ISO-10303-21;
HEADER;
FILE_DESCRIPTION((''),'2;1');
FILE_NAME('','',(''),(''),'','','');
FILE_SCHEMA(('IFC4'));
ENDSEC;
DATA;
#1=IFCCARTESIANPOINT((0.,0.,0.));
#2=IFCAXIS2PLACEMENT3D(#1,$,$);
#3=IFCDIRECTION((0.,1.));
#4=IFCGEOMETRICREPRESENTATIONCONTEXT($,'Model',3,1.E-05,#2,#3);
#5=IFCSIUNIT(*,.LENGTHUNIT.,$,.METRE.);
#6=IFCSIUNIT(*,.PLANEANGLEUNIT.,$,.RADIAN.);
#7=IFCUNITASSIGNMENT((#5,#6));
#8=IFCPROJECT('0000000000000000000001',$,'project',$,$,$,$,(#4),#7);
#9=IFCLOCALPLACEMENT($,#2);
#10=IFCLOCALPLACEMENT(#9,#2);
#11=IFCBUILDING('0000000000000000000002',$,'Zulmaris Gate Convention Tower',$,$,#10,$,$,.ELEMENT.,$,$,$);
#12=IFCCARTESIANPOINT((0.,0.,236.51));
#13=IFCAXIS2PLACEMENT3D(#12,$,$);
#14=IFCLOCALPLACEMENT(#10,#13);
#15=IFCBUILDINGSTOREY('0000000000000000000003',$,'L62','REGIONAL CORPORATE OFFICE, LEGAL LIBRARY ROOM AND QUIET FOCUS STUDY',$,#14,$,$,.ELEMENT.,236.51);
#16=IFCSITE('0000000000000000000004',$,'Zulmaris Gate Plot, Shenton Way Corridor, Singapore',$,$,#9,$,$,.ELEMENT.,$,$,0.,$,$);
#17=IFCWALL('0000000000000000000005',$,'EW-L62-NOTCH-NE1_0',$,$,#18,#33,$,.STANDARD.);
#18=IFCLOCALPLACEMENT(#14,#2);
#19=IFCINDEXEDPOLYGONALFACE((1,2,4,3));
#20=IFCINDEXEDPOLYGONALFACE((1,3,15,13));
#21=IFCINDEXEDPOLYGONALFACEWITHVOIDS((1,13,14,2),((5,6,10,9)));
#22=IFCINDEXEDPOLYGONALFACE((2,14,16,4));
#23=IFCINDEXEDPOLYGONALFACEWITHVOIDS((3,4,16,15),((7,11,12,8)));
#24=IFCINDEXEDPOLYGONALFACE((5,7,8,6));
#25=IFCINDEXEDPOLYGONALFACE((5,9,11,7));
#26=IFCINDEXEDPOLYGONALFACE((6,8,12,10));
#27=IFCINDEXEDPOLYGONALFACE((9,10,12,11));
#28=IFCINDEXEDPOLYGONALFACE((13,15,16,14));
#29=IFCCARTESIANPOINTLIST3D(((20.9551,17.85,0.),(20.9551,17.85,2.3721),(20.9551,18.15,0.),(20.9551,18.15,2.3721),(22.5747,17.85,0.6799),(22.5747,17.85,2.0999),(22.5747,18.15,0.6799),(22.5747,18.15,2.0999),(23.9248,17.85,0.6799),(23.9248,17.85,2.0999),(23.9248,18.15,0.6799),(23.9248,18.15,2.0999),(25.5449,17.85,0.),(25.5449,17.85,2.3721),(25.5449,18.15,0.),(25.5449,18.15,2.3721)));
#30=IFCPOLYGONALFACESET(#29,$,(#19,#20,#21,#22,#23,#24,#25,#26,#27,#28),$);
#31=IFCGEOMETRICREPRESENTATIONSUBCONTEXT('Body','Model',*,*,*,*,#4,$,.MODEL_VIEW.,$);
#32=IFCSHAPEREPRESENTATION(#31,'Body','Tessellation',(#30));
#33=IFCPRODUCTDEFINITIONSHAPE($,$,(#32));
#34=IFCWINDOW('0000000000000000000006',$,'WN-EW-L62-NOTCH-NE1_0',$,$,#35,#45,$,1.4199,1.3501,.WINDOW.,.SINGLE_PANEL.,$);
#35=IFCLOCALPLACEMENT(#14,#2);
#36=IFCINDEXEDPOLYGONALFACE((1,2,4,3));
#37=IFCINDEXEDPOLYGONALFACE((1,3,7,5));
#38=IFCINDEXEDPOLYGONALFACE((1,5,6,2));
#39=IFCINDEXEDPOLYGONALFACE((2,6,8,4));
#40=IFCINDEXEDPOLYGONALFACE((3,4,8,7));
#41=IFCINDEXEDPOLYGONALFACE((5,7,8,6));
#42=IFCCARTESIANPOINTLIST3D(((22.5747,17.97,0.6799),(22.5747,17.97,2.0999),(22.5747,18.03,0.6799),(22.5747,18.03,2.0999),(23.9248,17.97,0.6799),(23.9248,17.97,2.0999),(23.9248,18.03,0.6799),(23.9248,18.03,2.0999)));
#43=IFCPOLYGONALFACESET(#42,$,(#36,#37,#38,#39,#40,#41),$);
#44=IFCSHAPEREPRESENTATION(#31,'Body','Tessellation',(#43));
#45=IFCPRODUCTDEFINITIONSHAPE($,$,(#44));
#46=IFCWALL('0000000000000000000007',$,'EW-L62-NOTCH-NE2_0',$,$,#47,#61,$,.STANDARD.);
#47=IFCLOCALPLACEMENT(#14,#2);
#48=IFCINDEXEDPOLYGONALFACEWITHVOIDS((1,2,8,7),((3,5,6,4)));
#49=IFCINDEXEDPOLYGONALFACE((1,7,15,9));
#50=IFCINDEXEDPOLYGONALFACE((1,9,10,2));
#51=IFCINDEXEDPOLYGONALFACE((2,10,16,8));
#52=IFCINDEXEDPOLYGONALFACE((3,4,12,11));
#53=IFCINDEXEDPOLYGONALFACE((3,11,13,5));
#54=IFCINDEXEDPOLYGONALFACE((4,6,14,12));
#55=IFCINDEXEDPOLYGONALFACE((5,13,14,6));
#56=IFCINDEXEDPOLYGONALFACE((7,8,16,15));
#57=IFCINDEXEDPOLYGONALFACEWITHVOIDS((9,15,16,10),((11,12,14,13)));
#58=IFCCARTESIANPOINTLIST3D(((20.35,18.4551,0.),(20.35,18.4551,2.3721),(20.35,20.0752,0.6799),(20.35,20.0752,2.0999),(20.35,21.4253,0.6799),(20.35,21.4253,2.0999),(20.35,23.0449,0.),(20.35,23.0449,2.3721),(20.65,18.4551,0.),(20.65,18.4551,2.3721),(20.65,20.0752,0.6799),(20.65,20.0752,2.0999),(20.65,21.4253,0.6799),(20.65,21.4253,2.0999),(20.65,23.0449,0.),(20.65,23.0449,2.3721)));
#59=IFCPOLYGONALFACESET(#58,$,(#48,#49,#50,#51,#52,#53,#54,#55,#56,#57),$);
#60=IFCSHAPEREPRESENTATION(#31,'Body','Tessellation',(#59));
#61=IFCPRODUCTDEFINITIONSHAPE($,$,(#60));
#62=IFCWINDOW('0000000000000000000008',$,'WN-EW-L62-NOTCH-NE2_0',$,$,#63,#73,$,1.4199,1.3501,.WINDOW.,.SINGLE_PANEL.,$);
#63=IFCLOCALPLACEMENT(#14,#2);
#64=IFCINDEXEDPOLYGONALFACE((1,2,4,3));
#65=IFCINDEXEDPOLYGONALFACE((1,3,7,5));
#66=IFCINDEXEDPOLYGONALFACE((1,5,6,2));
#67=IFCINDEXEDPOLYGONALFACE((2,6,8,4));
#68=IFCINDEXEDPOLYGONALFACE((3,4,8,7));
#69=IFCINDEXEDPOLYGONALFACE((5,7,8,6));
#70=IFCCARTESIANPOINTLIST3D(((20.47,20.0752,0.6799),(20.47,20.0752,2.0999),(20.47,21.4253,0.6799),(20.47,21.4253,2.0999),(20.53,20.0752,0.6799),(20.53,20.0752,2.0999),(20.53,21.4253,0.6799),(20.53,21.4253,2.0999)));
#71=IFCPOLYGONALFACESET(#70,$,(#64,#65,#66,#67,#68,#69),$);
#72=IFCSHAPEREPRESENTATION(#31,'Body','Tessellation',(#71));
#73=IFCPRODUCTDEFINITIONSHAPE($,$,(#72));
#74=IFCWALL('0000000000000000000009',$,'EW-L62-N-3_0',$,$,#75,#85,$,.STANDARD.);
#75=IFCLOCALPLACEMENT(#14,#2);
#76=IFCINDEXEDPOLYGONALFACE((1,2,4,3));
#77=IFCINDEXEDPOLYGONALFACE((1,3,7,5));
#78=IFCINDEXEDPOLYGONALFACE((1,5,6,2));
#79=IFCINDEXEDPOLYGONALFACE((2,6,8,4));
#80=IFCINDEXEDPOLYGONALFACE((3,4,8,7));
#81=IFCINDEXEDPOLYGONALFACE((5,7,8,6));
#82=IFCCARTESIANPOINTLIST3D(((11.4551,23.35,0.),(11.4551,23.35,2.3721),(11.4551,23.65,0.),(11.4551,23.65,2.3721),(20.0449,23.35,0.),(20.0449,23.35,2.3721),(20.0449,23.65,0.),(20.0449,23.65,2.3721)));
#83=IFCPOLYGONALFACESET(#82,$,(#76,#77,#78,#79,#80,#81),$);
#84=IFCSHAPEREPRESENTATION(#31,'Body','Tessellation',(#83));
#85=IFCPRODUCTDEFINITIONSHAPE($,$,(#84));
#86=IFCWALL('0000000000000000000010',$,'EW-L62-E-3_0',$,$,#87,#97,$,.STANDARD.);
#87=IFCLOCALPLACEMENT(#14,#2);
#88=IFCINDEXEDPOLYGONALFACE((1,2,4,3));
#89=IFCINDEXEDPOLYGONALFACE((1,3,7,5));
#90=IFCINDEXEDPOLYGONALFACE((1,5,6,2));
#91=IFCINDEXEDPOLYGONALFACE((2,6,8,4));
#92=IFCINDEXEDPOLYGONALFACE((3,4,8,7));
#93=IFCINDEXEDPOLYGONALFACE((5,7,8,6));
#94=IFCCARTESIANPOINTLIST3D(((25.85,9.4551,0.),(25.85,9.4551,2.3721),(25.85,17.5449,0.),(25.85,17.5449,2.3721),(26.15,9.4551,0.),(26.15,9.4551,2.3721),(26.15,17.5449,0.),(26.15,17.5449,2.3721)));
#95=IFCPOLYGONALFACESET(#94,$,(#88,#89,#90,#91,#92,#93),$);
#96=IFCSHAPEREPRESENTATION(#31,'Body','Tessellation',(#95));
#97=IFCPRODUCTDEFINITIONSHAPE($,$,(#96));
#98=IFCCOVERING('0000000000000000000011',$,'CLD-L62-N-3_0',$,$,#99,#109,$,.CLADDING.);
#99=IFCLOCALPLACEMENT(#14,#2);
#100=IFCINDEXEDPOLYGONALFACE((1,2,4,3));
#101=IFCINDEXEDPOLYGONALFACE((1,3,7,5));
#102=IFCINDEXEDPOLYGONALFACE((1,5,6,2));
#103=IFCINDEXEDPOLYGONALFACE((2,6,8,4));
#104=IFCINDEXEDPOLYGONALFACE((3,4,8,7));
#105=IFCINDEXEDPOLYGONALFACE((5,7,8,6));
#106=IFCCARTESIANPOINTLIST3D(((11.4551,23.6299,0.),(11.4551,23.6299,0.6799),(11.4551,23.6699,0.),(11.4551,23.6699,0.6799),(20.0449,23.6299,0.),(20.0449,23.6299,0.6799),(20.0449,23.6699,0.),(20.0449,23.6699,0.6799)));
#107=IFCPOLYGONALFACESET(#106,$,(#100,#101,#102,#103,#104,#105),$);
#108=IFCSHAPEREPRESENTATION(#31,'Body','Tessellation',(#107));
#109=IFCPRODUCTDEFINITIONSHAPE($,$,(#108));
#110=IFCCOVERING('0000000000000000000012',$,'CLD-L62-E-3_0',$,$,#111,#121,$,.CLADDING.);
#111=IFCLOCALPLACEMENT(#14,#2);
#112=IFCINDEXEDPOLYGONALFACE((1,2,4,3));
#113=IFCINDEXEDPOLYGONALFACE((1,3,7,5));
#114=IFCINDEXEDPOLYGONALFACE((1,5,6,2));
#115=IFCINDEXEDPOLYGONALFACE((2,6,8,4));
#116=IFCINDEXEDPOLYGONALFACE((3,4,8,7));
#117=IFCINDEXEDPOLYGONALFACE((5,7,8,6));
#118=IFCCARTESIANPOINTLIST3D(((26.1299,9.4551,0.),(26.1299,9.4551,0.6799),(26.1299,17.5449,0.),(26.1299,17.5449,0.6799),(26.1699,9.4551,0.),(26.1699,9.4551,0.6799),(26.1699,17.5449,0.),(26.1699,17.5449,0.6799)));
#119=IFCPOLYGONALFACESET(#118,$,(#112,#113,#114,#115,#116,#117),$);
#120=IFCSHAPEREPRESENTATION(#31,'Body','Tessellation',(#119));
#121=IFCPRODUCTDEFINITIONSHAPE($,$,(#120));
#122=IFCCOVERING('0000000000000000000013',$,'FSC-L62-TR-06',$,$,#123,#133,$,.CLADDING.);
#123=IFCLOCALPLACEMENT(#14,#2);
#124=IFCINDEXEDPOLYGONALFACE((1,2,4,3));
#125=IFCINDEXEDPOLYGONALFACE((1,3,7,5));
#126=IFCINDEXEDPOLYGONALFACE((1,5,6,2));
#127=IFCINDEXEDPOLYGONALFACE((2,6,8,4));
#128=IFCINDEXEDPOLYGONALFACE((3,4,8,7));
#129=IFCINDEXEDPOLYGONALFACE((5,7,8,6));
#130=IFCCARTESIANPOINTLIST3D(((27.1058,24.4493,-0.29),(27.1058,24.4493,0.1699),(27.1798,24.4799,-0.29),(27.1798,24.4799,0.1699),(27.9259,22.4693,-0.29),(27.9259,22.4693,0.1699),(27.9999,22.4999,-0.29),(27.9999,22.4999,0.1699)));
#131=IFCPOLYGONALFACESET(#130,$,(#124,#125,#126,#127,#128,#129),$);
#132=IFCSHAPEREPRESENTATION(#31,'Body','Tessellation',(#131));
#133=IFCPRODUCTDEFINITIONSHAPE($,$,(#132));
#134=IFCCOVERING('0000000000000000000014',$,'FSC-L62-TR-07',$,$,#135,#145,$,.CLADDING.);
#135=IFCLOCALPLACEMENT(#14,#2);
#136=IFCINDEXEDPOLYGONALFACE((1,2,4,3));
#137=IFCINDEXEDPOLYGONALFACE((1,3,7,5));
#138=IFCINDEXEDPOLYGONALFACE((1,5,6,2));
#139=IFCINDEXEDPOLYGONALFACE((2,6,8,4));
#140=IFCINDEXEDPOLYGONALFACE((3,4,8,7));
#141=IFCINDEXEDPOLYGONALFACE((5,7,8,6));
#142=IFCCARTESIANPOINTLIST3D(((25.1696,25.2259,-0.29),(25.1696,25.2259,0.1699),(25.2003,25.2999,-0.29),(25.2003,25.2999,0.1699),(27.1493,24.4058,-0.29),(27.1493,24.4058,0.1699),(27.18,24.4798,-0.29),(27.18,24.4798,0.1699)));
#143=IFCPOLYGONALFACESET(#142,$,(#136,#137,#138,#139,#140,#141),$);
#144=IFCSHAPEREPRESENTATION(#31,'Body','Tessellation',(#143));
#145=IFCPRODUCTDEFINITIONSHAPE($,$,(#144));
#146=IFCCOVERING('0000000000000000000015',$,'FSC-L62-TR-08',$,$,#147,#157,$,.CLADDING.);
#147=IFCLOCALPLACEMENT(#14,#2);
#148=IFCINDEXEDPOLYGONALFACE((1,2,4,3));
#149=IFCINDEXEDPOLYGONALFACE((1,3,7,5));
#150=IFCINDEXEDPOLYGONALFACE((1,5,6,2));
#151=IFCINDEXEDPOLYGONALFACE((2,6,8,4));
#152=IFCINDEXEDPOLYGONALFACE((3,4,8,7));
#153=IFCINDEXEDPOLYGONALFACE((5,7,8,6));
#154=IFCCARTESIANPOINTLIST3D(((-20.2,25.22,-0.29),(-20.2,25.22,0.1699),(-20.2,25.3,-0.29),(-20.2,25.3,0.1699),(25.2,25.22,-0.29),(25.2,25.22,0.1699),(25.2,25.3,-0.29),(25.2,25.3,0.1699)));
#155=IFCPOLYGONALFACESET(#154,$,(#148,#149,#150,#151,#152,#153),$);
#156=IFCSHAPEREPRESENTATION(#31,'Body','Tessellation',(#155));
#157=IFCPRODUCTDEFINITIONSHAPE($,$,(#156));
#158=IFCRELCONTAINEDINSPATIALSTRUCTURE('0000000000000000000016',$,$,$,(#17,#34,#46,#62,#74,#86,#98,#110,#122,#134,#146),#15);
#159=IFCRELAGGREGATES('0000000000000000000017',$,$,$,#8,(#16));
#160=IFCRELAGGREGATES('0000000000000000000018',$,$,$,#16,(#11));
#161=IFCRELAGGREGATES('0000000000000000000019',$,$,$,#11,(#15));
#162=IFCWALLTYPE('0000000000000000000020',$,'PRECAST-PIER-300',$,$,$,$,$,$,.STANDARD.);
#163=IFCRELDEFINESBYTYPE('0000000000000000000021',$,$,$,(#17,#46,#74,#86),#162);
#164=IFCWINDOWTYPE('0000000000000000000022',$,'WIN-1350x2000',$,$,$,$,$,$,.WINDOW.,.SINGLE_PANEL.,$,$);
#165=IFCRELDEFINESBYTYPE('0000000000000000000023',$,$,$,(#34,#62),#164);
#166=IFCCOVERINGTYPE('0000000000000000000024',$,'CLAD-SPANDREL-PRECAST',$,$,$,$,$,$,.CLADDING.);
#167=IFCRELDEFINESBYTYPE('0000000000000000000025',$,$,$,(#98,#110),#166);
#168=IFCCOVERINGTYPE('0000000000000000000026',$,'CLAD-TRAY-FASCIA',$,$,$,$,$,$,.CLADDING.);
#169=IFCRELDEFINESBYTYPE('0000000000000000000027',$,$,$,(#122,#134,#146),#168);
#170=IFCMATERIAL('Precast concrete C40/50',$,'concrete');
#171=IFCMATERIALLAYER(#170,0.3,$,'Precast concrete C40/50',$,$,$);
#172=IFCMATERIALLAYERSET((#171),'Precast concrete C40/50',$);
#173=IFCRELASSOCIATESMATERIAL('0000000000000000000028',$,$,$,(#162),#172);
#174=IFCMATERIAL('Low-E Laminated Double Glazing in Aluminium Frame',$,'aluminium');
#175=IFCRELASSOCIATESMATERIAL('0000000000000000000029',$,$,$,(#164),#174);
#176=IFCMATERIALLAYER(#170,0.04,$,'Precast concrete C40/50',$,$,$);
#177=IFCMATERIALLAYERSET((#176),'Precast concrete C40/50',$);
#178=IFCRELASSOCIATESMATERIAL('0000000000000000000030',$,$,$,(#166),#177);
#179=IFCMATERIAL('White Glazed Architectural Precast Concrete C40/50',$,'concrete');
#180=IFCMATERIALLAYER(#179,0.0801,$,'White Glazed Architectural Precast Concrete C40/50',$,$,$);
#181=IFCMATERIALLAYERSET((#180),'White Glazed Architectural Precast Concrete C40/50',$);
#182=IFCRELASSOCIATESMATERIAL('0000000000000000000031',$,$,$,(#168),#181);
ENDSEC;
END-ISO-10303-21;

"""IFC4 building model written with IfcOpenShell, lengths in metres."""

from ifc_helpers import new_model, si_unit, direction, frame, frame_2d, origin, place, context, subcontext, project, spatial, rectangle, extrude, material, layer, layer_set, type_object, element, fill, save


model = new_model("IFC4")

# Units and contexts
model_context = context("Model", 3, precision=1e-05, world=origin(), true_north=direction((0.0, 1.0)))
body_context = subcontext(model_context, "Body", "Model", "MODEL_VIEW")
ifc_project = project(units=[si_unit("LENGTHUNIT", "METRE"), si_unit("PLANEANGLEUNIT", "RADIAN")], contexts=[model_context])

# Site, building, storey
site_placement = place(None, origin())
site = spatial("IfcSite", under=ifc_project, at=site_placement, Name="Zulmaris Gate Plot, Shenton Way Corridor, Singapore", CompositionType="ELEMENT", RefElevation=0.0)
building_placement = place(site_placement, origin())
building = spatial("IfcBuilding", under=site, at=building_placement, Name="Zulmaris Gate Convention Tower", CompositionType="ELEMENT")
storey_placement = place(building_placement, frame((0.0, 0.0, 236.51)))
storey = spatial("IfcBuildingStorey", under=building, at=storey_placement, Name="L62", Description="REGIONAL CORPORATE OFFICE, LEGAL LIBRARY ROOM AND QUIET FOCUS STUDY", CompositionType="ELEMENT", Elevation=236.51)

# Walls, openings, windows
ifc_material_1 = material(Name="Precast concrete C40/50", Category="concrete")
ifc_layer_1 = layer(ifc_material_1, 0.3, Name="Precast concrete C40/50")
ifc_layer_set_1 = layer_set([ifc_layer_1], Name="Precast concrete C40/50")
wall_type_1 = type_object("IfcWallType", Name="PRECAST-PIER-300", PredefinedType="STANDARD", material=ifc_layer_set_1)
wall_1_placement = place(storey_placement, frame((25.5449, 18.0, 0.0), z_axis=(0.0, 0.0, 1.0), x_axis=(-1.0, 0.0, 0.0)))
wall_1 = element("IfcWall", 1, at=wall_1_placement, inside=storey, type_object=wall_type_1, Name="EW-L62-NOTCH-NE1_0", PredefinedType="STANDARD", context=body_context, shape_type="SweptSolid", body=[
    extrude(rectangle(XDim=4.5898, YDim=0.3, at=frame_2d((2.2949, 0.0))), origin(), (0.0, 0.0, 1.0), 2.3721),
])
opening_1_placement = place(wall_1_placement, frame((1.6201, 0.0, 0.6799)))
opening_1 = element("IfcOpeningElement", 2, at=opening_1_placement, cuts=wall_1, PredefinedType="OPENING", context=body_context, shape_type="SweptSolid", body=[
    extrude(rectangle(XDim=1.3501, YDim=1.4199, at=frame_2d((0.675, 0.71))), frame((0.0, 0.1602, 0.0), z_axis=(0.0, -1.0, 0.0), x_axis=(1.0, 0.0, 0.0)), (0.0, 0.0, 1.0), 0.3201),
])
ifc_material_2 = material(Name="Low-E Laminated Double Glazing in Aluminium Frame", Category="aluminium")
window_type = type_object("IfcWindowType", Name="WIN-1350x2000", PartitioningType="SINGLE_PANEL", PredefinedType="WINDOW", material=ifc_material_2)
window_1_placement = place(opening_1_placement, origin())
window_1 = element("IfcWindow", 3, at=window_1_placement, inside=storey, type_object=window_type, Name="WN-EW-L62-NOTCH-NE1_0", OverallHeight=1.4199, OverallWidth=1.3501, PartitioningType="SINGLE_PANEL", PredefinedType="WINDOW", context=body_context, shape_type="SweptSolid", body=[
    extrude(rectangle(XDim=1.3501, YDim=1.4199, at=frame_2d((0.675, 0.71))), frame((0.0, 0.03, 0.0), z_axis=(0.0, -1.0, 0.0), x_axis=(1.0, 0.0, 0.0)), (0.0, 0.0, 1.0), 0.0601),
])
fill(opening_1, window_1)
wall_2_placement = place(storey_placement, frame((20.5, 18.4551, 0.0), z_axis=(0.0, 0.0, 1.0), x_axis=(0.0, 1.0, 0.0)))
wall_2 = element("IfcWall", 4, at=wall_2_placement, inside=storey, type_object=wall_type_1, Name="EW-L62-NOTCH-NE2_0", PredefinedType="STANDARD", context=body_context, shape_type="SweptSolid", body=[
    extrude(rectangle(XDim=4.5898, YDim=0.3, at=frame_2d((2.2949, 0.0))), origin(), (0.0, 0.0, 1.0), 2.3721),
])
opening_2_placement = place(wall_2_placement, frame((1.6201, 0.0, 0.6799)))
opening_2 = element("IfcOpeningElement", 5, at=opening_2_placement, cuts=wall_2, PredefinedType="OPENING", context=body_context, shape_type="SweptSolid", body=[
    extrude(rectangle(XDim=1.3501, YDim=1.4199, at=frame_2d((0.675, 0.71))), frame((0.0, 0.1602, 0.0), z_axis=(0.0, -1.0, 0.0), x_axis=(1.0, 0.0, 0.0)), (0.0, 0.0, 1.0), 0.3201),
])
window_2_placement = place(opening_2_placement, origin())
window_2 = element("IfcWindow", 6, at=window_2_placement, inside=storey, type_object=window_type, Name="WN-EW-L62-NOTCH-NE2_0", OverallHeight=1.4199, OverallWidth=1.3501, PartitioningType="SINGLE_PANEL", PredefinedType="WINDOW", context=body_context, shape_type="SweptSolid", body=[
    extrude(rectangle(XDim=1.3501, YDim=1.4199, at=frame_2d((0.675, 0.71))), frame((0.0, 0.03, 0.0), z_axis=(0.0, -1.0, 0.0), x_axis=(1.0, 0.0, 0.0)), (0.0, 0.0, 1.0), 0.0601),
])
fill(opening_2, window_2)

# Walls
wall_3_placement = place(storey_placement, frame((20.0449, 23.5, 0.0), z_axis=(0.0, 0.0, 1.0), x_axis=(-1.0, 0.0, 0.0)))
element("IfcWall", 7, at=wall_3_placement, inside=storey, type_object=wall_type_1, Name="EW-L62-N-3_0", PredefinedType="STANDARD", context=body_context, shape_type="SweptSolid", body=[
    extrude(rectangle(XDim=8.5898, YDim=0.3, at=frame_2d((4.2949, 0.0))), origin(), (0.0, 0.0, 1.0), 2.3721),
])
wall_4_placement = place(storey_placement, frame((26.0, 9.4551, 0.0), z_axis=(0.0, 0.0, 1.0), x_axis=(0.0, 1.0, 0.0)))
element("IfcWall", 8, at=wall_4_placement, inside=storey, type_object=wall_type_1, Name="EW-L62-E-3_0", PredefinedType="STANDARD", context=body_context, shape_type="SweptSolid", body=[
    extrude(rectangle(XDim=8.0898, YDim=0.3, at=frame_2d((4.0449, 0.0))), origin(), (0.0, 0.0, 1.0), 2.3721),
])

# Coverings
ifc_layer_2 = layer(ifc_material_1, 0.04, Name="Precast concrete C40/50")
ifc_layer_set_2 = layer_set([ifc_layer_2], Name="Precast concrete C40/50")
covering_type_1 = type_object("IfcCoveringType", Name="CLAD-SPANDREL-PRECAST", PredefinedType="CLADDING", material=ifc_layer_set_2)
covering_1_placement = place(storey_placement, frame((20.0449, 23.6499, 0.0), z_axis=(0.0, 0.0, 1.0), x_axis=(-1.0, 0.0, 0.0)))
element("IfcCovering", 9, at=covering_1_placement, inside=storey, type_object=covering_type_1, Name="CLD-L62-N-3_0", PredefinedType="CLADDING", context=body_context, shape_type="SweptSolid", body=[
    extrude(rectangle(XDim=8.5898, YDim=0.04, at=frame_2d((4.2949, 0.0))), origin(), (0.0, 0.0, 1.0), 0.6799),
])
covering_2_placement = place(storey_placement, frame((26.1499, 9.4551, 0.0), z_axis=(0.0, 0.0, 1.0), x_axis=(0.0, 1.0, 0.0)))
element("IfcCovering", 10, at=covering_2_placement, inside=storey, type_object=covering_type_1, Name="CLD-L62-E-3_0", PredefinedType="CLADDING", context=body_context, shape_type="SweptSolid", body=[
    extrude(rectangle(XDim=8.0898, YDim=0.04, at=frame_2d((4.0449, 0.0))), origin(), (0.0, 0.0, 1.0), 0.6799),
])
ifc_material_3 = material(Name="White Glazed Architectural Precast Concrete C40/50", Category="concrete")
ifc_layer_3 = layer(ifc_material_3, 0.0801, Name="White Glazed Architectural Precast Concrete C40/50")
ifc_layer_set_3 = layer_set([ifc_layer_3], Name="White Glazed Architectural Precast Concrete C40/50")
covering_type_2 = type_object("IfcCoveringType", Name="CLAD-TRAY-FASCIA", PredefinedType="CLADDING", material=ifc_layer_set_3)
covering_3_placement = place(storey_placement, frame((27.9629, 22.4846, -0.29), z_axis=(0.0, 0.0, 1.0), x_axis=(-0.382657, 0.92389, 0.0)))
element("IfcCovering", 11, at=covering_3_placement, inside=storey, type_object=covering_type_2, Name="FSC-L62-TR-06", PredefinedType="CLADDING", context=body_context, shape_type="SweptSolid", body=[
    extrude(rectangle(XDim=2.1431, YDim=0.0801, at=frame_2d((1.0715, 0.0))), origin(), (0.0, 0.0, 1.0), 0.46),
])
covering_4_placement = place(storey_placement, frame((27.1646, 24.4429, -0.29), z_axis=(0.0, 0.0, 1.0), x_axis=(-0.923874, 0.382697, 0.0)))
element("IfcCovering", 12, at=covering_4_placement, inside=storey, type_object=covering_type_2, Name="FSC-L62-TR-07", PredefinedType="CLADDING", context=body_context, shape_type="SweptSolid", body=[
    extrude(rectangle(XDim=2.1428, YDim=0.0801, at=frame_2d((1.0713, 0.0))), origin(), (0.0, 0.0, 1.0), 0.46),
])
covering_5_placement = place(storey_placement, frame((25.2, 25.26, -0.29), z_axis=(0.0, 0.0, 1.0), x_axis=(-1.0, 0.0, 0.0)))
element("IfcCovering", 13, at=covering_5_placement, inside=storey, type_object=covering_type_2, Name="FSC-L62-TR-08", PredefinedType="CLADDING", context=body_context, shape_type="SweptSolid", body=[
    extrude(rectangle(XDim=45.3999, YDim=0.0801, at=frame_2d((22.7, 0.0))), origin(), (0.0, 0.0, 1.0), 0.46),
])

save(model, "model.ifc")
